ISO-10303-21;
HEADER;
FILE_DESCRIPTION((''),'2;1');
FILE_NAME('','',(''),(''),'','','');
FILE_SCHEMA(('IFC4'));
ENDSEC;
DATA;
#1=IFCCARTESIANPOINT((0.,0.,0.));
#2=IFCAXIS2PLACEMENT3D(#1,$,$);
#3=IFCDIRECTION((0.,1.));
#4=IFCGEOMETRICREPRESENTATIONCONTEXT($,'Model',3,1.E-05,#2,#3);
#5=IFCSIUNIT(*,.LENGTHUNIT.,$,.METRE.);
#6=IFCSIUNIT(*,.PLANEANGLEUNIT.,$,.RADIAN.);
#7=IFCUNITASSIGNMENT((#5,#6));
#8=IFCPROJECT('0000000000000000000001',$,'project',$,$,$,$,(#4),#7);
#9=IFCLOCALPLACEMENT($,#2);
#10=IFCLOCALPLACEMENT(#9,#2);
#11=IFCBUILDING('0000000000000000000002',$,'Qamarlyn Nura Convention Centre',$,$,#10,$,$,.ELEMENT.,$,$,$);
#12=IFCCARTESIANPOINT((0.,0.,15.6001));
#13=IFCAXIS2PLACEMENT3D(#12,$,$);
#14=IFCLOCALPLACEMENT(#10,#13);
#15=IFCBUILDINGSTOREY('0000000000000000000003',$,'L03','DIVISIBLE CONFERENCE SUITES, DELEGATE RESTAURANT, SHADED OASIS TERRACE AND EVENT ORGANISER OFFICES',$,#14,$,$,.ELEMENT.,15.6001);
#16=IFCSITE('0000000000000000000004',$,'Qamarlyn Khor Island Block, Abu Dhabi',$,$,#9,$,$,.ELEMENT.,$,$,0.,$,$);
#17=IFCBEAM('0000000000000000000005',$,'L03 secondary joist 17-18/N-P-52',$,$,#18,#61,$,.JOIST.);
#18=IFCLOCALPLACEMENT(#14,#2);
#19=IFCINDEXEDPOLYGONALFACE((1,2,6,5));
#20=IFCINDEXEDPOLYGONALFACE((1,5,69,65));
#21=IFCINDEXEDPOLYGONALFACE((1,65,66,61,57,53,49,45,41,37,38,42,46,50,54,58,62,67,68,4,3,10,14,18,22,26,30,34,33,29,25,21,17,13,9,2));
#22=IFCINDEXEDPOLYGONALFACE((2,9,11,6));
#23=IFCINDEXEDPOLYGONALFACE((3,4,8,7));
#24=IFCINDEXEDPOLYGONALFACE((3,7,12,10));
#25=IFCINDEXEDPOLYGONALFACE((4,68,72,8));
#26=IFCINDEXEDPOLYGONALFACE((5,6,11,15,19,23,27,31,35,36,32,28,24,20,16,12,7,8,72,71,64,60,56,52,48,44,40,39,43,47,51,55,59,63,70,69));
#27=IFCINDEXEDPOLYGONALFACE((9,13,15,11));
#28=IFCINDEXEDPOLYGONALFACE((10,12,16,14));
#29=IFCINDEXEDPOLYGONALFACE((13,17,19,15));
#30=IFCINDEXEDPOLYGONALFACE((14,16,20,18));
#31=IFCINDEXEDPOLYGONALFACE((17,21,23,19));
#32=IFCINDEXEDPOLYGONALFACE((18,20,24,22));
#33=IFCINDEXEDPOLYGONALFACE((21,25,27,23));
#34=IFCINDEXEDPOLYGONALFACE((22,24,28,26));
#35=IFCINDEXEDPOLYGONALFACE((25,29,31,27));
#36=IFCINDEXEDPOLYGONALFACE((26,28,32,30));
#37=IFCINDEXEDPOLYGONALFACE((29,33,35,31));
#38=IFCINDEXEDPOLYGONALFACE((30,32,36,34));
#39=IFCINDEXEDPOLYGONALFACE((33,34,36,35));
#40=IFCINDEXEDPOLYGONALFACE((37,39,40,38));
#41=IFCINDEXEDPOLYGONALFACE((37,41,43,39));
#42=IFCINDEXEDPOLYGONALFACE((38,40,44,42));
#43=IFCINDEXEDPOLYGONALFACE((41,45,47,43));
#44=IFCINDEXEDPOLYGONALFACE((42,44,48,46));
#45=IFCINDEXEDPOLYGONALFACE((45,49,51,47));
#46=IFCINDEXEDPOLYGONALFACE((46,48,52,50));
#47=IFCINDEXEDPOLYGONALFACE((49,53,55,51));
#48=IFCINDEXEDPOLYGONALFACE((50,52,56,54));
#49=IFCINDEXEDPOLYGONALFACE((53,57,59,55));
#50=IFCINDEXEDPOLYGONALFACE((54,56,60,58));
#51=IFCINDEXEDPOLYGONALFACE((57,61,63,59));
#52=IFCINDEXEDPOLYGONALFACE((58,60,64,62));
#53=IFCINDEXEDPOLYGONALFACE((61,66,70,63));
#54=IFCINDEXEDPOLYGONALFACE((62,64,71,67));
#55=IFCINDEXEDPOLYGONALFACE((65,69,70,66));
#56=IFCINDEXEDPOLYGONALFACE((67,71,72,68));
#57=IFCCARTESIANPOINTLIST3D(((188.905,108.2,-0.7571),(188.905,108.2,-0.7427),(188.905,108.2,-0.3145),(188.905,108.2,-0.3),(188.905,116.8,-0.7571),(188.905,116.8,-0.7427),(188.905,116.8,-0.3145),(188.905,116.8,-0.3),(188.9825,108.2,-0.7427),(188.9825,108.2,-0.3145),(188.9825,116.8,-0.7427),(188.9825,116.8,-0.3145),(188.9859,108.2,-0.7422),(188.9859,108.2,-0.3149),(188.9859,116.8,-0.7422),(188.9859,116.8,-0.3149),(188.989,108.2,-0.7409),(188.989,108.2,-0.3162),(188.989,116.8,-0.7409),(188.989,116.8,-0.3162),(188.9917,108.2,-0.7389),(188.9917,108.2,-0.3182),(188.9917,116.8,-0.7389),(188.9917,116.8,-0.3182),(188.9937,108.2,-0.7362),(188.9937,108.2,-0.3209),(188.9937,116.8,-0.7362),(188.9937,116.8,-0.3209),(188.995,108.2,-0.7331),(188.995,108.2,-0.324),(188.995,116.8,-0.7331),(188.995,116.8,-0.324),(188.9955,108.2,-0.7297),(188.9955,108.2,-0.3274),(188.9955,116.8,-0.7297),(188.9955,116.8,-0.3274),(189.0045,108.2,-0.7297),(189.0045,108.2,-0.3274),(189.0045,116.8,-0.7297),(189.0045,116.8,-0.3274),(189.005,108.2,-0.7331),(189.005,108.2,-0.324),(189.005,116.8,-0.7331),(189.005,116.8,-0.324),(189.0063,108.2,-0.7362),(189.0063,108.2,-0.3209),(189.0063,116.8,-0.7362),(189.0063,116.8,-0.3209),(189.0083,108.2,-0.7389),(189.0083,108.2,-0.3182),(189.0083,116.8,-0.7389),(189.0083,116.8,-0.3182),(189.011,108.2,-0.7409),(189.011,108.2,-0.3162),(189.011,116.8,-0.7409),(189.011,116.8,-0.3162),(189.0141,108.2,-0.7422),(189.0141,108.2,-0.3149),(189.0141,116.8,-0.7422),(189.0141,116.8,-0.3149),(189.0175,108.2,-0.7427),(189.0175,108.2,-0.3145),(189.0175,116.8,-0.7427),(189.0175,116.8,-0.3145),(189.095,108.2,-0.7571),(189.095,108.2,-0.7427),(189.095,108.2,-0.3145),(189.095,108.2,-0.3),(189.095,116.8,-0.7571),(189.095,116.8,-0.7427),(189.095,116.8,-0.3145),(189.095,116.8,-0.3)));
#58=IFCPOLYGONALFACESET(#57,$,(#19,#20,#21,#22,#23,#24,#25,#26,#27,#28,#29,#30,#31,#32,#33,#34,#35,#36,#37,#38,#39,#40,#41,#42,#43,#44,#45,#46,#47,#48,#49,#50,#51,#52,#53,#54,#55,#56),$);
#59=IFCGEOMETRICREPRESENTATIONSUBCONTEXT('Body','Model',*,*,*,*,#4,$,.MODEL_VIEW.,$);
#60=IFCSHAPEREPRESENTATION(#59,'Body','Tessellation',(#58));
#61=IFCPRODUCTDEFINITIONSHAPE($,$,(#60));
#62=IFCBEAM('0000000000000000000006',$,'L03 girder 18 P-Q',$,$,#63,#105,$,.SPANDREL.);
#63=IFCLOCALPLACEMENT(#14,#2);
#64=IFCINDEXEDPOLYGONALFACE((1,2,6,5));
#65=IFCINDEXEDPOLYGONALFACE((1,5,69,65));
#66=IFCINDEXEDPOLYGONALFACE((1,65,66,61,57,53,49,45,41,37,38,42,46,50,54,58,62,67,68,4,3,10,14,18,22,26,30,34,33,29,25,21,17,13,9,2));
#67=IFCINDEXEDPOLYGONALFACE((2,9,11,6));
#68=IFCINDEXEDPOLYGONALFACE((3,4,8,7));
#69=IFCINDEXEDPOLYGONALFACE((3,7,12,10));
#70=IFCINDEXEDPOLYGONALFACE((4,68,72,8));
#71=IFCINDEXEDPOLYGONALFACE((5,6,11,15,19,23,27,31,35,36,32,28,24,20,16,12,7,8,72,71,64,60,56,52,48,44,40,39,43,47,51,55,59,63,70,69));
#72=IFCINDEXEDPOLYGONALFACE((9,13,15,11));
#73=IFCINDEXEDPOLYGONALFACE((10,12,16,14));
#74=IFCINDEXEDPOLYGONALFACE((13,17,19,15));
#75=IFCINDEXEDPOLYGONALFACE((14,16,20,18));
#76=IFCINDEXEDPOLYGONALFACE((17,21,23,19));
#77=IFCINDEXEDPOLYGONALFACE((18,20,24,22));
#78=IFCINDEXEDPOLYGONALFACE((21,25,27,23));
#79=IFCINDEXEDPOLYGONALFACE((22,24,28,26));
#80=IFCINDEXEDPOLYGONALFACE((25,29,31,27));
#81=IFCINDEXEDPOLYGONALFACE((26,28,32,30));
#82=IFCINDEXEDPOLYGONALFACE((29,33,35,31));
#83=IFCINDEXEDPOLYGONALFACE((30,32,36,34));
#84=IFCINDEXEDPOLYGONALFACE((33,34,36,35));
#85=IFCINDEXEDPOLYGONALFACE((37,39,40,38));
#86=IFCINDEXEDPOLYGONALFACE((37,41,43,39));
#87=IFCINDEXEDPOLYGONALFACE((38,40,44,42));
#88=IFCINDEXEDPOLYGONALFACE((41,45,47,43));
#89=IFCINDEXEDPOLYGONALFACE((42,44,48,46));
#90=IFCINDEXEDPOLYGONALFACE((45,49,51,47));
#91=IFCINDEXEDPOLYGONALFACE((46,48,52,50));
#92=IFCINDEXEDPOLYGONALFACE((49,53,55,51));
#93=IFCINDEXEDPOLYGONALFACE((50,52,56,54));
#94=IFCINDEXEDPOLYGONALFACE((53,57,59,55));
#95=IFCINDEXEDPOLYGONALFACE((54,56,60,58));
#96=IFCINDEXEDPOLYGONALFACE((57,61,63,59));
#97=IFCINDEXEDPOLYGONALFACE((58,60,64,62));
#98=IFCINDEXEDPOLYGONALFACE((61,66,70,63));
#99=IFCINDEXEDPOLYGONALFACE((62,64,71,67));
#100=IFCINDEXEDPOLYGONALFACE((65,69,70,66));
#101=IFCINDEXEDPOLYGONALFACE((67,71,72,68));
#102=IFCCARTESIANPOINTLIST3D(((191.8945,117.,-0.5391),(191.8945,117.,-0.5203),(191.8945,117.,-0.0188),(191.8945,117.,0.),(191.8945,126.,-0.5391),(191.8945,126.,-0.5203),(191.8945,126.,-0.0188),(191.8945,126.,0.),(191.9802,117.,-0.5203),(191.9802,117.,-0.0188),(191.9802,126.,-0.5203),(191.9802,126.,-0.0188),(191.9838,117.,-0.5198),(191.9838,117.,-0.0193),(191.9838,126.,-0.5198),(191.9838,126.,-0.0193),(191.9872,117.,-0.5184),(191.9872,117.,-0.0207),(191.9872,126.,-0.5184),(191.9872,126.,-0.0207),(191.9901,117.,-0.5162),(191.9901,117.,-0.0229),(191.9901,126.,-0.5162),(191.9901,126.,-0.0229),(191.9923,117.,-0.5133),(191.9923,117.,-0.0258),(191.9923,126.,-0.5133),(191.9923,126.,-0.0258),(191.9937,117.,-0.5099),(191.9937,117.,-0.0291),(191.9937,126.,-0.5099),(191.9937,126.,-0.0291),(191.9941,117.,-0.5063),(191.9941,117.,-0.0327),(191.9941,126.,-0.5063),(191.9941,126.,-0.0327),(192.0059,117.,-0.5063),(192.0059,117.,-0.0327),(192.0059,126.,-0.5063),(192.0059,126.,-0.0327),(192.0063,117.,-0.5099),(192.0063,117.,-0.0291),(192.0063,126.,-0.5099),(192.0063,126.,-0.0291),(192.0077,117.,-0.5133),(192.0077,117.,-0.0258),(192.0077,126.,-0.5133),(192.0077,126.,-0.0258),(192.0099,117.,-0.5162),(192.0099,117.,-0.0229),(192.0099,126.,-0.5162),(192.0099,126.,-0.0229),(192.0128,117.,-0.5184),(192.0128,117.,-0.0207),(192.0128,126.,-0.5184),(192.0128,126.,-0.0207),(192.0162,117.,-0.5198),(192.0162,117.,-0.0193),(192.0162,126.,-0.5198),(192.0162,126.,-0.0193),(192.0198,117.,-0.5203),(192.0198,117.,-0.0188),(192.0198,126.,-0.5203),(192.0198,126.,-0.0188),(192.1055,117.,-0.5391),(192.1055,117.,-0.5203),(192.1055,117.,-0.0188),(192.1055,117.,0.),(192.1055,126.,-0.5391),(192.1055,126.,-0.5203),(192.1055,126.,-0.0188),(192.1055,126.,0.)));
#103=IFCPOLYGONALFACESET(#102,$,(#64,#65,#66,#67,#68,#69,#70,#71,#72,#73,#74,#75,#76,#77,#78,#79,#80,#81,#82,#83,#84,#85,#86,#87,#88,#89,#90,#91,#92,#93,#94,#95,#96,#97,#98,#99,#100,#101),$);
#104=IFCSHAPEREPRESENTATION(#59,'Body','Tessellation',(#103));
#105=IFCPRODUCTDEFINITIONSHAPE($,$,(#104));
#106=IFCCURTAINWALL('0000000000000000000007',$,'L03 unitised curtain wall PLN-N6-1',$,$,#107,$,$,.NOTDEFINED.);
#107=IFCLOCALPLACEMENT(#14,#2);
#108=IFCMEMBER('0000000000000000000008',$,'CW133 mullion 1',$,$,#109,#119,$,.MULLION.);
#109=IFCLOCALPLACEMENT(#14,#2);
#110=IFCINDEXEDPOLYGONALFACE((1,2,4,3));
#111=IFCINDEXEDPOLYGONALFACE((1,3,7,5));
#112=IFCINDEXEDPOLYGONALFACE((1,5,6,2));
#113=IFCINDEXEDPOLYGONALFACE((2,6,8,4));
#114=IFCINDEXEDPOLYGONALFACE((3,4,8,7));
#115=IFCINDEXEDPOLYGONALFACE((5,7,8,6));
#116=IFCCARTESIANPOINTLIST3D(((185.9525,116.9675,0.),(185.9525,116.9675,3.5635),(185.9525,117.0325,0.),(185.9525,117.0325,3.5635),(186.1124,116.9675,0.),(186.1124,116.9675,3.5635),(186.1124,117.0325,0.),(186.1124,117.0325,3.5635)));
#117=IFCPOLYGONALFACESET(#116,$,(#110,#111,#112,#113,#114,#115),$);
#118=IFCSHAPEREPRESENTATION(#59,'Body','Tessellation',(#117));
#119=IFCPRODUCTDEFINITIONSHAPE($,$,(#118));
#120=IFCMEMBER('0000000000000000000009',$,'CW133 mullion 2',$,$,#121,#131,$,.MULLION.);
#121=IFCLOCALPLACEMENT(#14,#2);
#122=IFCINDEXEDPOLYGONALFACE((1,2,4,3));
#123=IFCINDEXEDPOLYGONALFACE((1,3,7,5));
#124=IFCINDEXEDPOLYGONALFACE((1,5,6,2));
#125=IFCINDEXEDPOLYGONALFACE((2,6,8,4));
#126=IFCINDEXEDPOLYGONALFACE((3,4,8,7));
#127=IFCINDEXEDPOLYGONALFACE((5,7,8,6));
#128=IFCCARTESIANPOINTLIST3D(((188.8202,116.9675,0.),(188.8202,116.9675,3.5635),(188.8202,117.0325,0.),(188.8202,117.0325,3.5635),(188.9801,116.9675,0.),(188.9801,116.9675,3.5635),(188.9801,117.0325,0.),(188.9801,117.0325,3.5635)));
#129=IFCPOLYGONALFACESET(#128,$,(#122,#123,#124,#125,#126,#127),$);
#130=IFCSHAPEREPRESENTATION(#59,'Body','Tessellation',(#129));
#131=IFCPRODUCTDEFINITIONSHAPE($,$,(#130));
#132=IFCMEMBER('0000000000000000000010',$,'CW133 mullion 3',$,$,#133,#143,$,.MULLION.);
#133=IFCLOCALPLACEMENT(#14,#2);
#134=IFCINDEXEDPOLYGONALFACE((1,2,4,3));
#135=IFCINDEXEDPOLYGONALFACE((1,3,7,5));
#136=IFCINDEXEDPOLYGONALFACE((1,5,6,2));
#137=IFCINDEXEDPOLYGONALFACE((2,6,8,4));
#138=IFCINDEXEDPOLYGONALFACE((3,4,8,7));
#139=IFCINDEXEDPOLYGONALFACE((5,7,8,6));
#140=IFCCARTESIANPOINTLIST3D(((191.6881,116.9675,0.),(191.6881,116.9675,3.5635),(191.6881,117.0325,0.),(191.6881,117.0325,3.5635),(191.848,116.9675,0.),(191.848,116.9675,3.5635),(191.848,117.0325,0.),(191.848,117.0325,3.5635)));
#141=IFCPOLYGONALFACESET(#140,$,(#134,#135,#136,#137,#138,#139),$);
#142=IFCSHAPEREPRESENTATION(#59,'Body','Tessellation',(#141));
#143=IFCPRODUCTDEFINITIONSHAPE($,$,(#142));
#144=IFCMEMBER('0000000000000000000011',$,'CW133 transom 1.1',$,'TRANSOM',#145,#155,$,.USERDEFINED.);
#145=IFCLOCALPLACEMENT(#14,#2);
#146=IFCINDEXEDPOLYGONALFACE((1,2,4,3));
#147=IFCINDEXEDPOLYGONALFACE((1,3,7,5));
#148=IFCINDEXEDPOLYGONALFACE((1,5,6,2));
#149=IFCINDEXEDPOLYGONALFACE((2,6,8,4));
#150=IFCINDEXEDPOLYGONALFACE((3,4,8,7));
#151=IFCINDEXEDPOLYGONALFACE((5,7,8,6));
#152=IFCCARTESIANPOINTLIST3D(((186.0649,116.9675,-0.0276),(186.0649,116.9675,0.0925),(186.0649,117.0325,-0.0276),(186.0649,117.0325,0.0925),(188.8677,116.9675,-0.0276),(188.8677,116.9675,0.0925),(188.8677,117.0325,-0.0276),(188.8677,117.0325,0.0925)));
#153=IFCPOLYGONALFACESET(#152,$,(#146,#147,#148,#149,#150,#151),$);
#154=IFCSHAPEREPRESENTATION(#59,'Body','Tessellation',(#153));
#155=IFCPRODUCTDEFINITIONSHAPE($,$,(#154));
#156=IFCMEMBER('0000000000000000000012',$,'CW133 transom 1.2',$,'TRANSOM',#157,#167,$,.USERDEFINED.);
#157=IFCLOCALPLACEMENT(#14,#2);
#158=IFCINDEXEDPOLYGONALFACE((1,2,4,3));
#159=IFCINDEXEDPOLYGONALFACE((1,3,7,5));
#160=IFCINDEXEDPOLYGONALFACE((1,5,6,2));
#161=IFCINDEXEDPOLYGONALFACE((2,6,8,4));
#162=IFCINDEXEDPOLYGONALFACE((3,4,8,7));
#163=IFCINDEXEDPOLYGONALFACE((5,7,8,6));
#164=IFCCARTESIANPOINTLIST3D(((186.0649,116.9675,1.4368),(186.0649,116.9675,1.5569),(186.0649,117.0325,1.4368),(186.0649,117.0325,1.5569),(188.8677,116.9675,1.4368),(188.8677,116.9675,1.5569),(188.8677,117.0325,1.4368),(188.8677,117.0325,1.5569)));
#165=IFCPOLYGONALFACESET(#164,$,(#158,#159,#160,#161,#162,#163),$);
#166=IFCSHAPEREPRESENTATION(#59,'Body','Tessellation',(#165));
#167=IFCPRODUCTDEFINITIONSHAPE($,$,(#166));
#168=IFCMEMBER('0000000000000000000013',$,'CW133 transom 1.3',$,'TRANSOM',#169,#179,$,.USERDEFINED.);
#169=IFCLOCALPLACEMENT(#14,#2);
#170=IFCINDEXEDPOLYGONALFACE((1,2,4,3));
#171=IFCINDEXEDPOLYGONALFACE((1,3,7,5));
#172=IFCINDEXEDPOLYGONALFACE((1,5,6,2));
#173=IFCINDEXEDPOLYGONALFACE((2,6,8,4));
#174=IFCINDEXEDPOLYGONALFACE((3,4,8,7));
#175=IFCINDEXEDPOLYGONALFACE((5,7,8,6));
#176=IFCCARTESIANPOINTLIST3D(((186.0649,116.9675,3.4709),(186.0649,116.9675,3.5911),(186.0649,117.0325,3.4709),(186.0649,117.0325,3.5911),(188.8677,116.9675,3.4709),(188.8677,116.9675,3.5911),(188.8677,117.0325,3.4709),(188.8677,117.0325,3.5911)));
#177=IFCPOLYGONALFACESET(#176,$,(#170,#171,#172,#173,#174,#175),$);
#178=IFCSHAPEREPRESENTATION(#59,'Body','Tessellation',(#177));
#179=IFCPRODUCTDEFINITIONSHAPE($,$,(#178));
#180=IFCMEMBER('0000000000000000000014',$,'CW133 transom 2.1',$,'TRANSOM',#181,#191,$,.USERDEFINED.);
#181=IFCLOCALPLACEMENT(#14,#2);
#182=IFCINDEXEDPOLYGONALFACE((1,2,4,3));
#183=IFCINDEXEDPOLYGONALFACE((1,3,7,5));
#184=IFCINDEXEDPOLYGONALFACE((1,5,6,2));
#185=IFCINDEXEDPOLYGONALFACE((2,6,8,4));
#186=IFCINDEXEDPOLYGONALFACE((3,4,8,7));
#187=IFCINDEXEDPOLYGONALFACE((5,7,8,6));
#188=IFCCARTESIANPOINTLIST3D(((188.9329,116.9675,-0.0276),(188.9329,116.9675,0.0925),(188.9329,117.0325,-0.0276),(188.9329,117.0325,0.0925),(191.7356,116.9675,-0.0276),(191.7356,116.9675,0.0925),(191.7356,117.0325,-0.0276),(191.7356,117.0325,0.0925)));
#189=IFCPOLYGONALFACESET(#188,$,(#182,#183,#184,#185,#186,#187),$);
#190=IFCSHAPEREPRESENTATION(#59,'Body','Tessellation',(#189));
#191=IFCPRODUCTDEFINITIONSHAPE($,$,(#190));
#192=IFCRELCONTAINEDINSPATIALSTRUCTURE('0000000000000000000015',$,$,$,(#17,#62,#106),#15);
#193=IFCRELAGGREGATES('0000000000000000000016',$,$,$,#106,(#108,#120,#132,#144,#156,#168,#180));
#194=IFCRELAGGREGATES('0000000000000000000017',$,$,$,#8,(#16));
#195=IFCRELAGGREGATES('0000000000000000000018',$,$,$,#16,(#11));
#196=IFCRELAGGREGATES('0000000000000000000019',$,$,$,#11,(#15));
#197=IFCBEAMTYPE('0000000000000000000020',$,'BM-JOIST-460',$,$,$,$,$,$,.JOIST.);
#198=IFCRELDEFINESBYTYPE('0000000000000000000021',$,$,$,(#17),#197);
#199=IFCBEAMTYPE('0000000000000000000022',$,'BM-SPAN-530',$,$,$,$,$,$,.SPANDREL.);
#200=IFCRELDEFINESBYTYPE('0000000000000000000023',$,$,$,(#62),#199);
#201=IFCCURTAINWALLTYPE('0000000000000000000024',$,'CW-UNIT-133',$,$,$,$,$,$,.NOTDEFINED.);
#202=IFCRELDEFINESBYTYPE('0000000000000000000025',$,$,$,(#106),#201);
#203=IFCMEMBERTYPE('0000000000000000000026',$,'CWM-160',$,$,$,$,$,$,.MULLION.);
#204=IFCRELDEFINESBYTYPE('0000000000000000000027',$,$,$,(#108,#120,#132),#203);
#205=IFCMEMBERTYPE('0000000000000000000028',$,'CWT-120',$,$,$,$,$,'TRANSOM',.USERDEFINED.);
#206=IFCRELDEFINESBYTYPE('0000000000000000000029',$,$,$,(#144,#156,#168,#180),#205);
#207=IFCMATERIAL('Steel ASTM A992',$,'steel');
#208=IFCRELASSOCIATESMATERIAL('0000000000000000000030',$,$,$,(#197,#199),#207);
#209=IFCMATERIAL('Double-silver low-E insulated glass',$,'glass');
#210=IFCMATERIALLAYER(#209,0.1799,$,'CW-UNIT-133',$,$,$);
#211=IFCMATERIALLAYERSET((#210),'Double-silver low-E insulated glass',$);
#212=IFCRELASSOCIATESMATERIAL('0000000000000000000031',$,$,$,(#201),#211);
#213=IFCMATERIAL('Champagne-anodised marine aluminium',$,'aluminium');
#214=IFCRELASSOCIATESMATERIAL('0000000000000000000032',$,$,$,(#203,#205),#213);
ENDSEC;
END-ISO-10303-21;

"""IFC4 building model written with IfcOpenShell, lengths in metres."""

from ifc_helpers import new_model, si_unit, direction, frame, origin, origin_2d, place, context, subcontext, project, spatial, rectangle, i_section, extrude, material, layer, layer_set, material_profile, profile_set, type_object, element, aggregate, save


model = new_model("IFC4")

# Units and contexts
model_context = context("Model", 3, precision=1e-05, world=origin(), true_north=direction((0.0, 1.0)))
body_context = subcontext(model_context, "Body", "Model", "MODEL_VIEW")
ifc_project = project(units=[si_unit("LENGTHUNIT", "METRE"), si_unit("PLANEANGLEUNIT", "RADIAN")], contexts=[model_context])

# Site, building, storey
site_placement = place(None, origin())
site = spatial("IfcSite", under=ifc_project, at=site_placement, Name="Qamarlyn Khor Island Block, Abu Dhabi", CompositionType="ELEMENT", RefElevation=0.0)
building_placement = place(site_placement, origin())
building = spatial("IfcBuilding", under=site, at=building_placement, Name="Qamarlyn Nura Convention Centre", CompositionType="ELEMENT")
storey_placement = place(building_placement, frame((0.0, 0.0, 15.6001)))
storey = spatial("IfcBuildingStorey", under=building, at=storey_placement, Name="L03", Description="DIVISIBLE CONFERENCE SUITES, DELEGATE RESTAURANT, SHADED OASIS TERRACE AND EVENT ORGANISER OFFICES", CompositionType="ELEMENT", Elevation=15.6001)

# Shared definitions
ifc_material_1 = material(Name="Steel ASTM A992", Category="steel")

# Beams
ifc_material_profile_1 = material_profile(ifc_material_1, i_section(OverallWidth=0.1899, OverallDepth=0.457, WebThickness=0.009, FlangeThickness=0.0144, FilletRadius=0.0129, at=origin_2d()), Name="W460X74")
ifc_profile_set_1 = profile_set([ifc_material_profile_1], Name="Steel ASTM A992")
beam_type_1 = type_object("IfcBeamType", Name="BM-JOIST-460", PredefinedType="JOIST", material=ifc_profile_set_1)
beam_1_placement = place(storey_placement, frame((189.0, 108.2, -0.5286), z_axis=(0.0, 1.0, 0.0), x_axis=(-1.0, 0.0, 0.0)))
element("IfcBeam", 1, at=beam_1_placement, inside=storey, type_object=beam_type_1, Name="L03 secondary joist 17-18/N-P-52", PredefinedType="JOIST", context=body_context, shape_type="SweptSolid", body=[
    extrude(i_section(OverallWidth=0.1899, OverallDepth=0.457, WebThickness=0.009, FlangeThickness=0.0144, FilletRadius=0.0129, at=origin_2d()), origin(), (0.0, 0.0, 1.0), 8.6001),
])
ifc_material_profile_2 = material_profile(ifc_material_1, i_section(OverallWidth=0.2109, OverallDepth=0.5391, WebThickness=0.0117, FlangeThickness=0.0188, FilletRadius=0.0139, at=origin_2d()), Name="W530X109")
ifc_profile_set_2 = profile_set([ifc_material_profile_2], Name="Steel ASTM A992")
beam_type_2 = type_object("IfcBeamType", Name="BM-SPAN-530", PredefinedType="SPANDREL", material=ifc_profile_set_2)
beam_2_placement = place(storey_placement, frame((192.0, 117.0, -0.2695), z_axis=(0.0, 1.0, 0.0), x_axis=(-1.0, 0.0, 0.0)))
element("IfcBeam", 2, at=beam_2_placement, inside=storey, type_object=beam_type_2, Name="L03 girder 18 P-Q", PredefinedType="SPANDREL", context=body_context, shape_type="SweptSolid", body=[
    extrude(i_section(OverallWidth=0.2109, OverallDepth=0.5391, WebThickness=0.0117, FlangeThickness=0.0188, FilletRadius=0.0139, at=origin_2d()), origin(), (0.0, 0.0, 1.0), 9.0),
])

# Curtain wall, members
ifc_material_2 = material(Name="Double-silver low-E insulated glass", Category="glass")
ifc_layer_1 = layer(ifc_material_2, 0.1799, Name="CW-UNIT-133")
ifc_layer_set_1 = layer_set([ifc_layer_1], Name="Double-silver low-E insulated glass")
curtain_wall_type = type_object("IfcCurtainWallType", Name="CW-UNIT-133", PredefinedType="NOTDEFINED", material=ifc_layer_set_1)
curtain_wall_placement = place(storey_placement, origin())
curtain_wall = element("IfcCurtainWall", 3, at=curtain_wall_placement, inside=storey, type_object=curtain_wall_type, Name="L03 unitised curtain wall PLN-N6-1", PredefinedType="NOTDEFINED")
ifc_material_3 = material(Name="Champagne-anodised marine aluminium", Category="aluminium")
ifc_material_profile_3 = material_profile(ifc_material_3, rectangle(XDim=0.0649, YDim=0.1599, at=origin_2d()), Name="ALU MULLION 65x160")
ifc_profile_set_3 = profile_set([ifc_material_profile_3], Name="Champagne-anodised marine aluminium")
member_type_1 = type_object("IfcMemberType", Name="CWM-160", PredefinedType="MULLION", material=ifc_profile_set_3)
member_1_placement = place(storey_placement, frame((186.0325, 117.0, 0.0), z_axis=(0.0, 0.0, 1.0), x_axis=(0.0, 1.0, 0.0)))
member_1 = element("IfcMember", 4, at=member_1_placement, type_object=member_type_1, Name="CW133 mullion 1", PredefinedType="MULLION", context=body_context, shape_type="SweptSolid", body=[
    extrude(rectangle(XDim=0.0649, YDim=0.1599, at=origin_2d()), origin(), (0.0, 0.0, 1.0), 3.5635),
])
member_2_placement = place(storey_placement, frame((188.9001, 117.0, 0.0), z_axis=(0.0, 0.0, 1.0), x_axis=(0.0, 1.0, 0.0)))
member_2 = element("IfcMember", 5, at=member_2_placement, type_object=member_type_1, Name="CW133 mullion 2", PredefinedType="MULLION", context=body_context, shape_type="SweptSolid", body=[
    extrude(rectangle(XDim=0.0649, YDim=0.1599, at=origin_2d()), origin(), (0.0, 0.0, 1.0), 3.5635),
])
member_3_placement = place(storey_placement, frame((191.7681, 117.0, 0.0), z_axis=(0.0, 0.0, 1.0), x_axis=(0.0, 1.0, 0.0)))
member_3 = element("IfcMember", 6, at=member_3_placement, type_object=member_type_1, Name="CW133 mullion 3", PredefinedType="MULLION", context=body_context, shape_type="SweptSolid", body=[
    extrude(rectangle(XDim=0.0649, YDim=0.1599, at=origin_2d()), origin(), (0.0, 0.0, 1.0), 3.5635),
])
ifc_material_profile_4 = material_profile(ifc_material_3, rectangle(XDim=0.0649, YDim=0.1201, at=origin_2d()), Name="ALU TRANSOM 65x120")
ifc_profile_set_4 = profile_set([ifc_material_profile_4], Name="Champagne-anodised marine aluminium")
member_type_2 = type_object("IfcMemberType", Name="CWT-120", ElementType="TRANSOM", PredefinedType="USERDEFINED", material=ifc_profile_set_4)
member_4_placement = place(storey_placement, frame((186.0649, 117.0, 0.0325), z_axis=(1.0, 0.0, 0.0), x_axis=(0.0, 1.0, 0.0)))
member_4 = element("IfcMember", 7, at=member_4_placement, type_object=member_type_2, Name="CW133 transom 1.1", ObjectType="TRANSOM", PredefinedType="USERDEFINED", context=body_context, shape_type="SweptSolid", body=[
    extrude(rectangle(XDim=0.0649, YDim=0.1201, at=origin_2d()), origin(), (0.0, 0.0, 1.0), 2.8027),
])
member_5_placement = place(storey_placement, frame((186.0649, 117.0, 1.4968), z_axis=(1.0, 0.0, 0.0), x_axis=(0.0, 1.0, 0.0)))
member_5 = element("IfcMember", 8, at=member_5_placement, type_object=member_type_2, Name="CW133 transom 1.2", ObjectType="TRANSOM", PredefinedType="USERDEFINED", context=body_context, shape_type="SweptSolid", body=[
    extrude(rectangle(XDim=0.0649, YDim=0.1201, at=origin_2d()), origin(), (0.0, 0.0, 1.0), 2.8027),
])
member_6_placement = place(storey_placement, frame((186.0649, 117.0, 3.531), z_axis=(1.0, 0.0, 0.0), x_axis=(0.0, 1.0, 0.0)))
member_6 = element("IfcMember", 9, at=member_6_placement, type_object=member_type_2, Name="CW133 transom 1.3", ObjectType="TRANSOM", PredefinedType="USERDEFINED", context=body_context, shape_type="SweptSolid", body=[
    extrude(rectangle(XDim=0.0649, YDim=0.1201, at=origin_2d()), origin(), (0.0, 0.0, 1.0), 2.8027),
])
member_7_placement = place(storey_placement, frame((188.9329, 117.0, 0.0325), z_axis=(1.0, 0.0, 0.0), x_axis=(0.0, 1.0, 0.0)))
member_7 = element("IfcMember", 10, at=member_7_placement, type_object=member_type_2, Name="CW133 transom 2.1", ObjectType="TRANSOM", PredefinedType="USERDEFINED", context=body_context, shape_type="SweptSolid", body=[
    extrude(rectangle(XDim=0.0649, YDim=0.1201, at=origin_2d()), origin(), (0.0, 0.0, 1.0), 2.8027),
])
aggregate(curtain_wall, [member_1, member_2, member_3, member_4, member_5, member_6, member_7])

save(model, "model.ifc")
